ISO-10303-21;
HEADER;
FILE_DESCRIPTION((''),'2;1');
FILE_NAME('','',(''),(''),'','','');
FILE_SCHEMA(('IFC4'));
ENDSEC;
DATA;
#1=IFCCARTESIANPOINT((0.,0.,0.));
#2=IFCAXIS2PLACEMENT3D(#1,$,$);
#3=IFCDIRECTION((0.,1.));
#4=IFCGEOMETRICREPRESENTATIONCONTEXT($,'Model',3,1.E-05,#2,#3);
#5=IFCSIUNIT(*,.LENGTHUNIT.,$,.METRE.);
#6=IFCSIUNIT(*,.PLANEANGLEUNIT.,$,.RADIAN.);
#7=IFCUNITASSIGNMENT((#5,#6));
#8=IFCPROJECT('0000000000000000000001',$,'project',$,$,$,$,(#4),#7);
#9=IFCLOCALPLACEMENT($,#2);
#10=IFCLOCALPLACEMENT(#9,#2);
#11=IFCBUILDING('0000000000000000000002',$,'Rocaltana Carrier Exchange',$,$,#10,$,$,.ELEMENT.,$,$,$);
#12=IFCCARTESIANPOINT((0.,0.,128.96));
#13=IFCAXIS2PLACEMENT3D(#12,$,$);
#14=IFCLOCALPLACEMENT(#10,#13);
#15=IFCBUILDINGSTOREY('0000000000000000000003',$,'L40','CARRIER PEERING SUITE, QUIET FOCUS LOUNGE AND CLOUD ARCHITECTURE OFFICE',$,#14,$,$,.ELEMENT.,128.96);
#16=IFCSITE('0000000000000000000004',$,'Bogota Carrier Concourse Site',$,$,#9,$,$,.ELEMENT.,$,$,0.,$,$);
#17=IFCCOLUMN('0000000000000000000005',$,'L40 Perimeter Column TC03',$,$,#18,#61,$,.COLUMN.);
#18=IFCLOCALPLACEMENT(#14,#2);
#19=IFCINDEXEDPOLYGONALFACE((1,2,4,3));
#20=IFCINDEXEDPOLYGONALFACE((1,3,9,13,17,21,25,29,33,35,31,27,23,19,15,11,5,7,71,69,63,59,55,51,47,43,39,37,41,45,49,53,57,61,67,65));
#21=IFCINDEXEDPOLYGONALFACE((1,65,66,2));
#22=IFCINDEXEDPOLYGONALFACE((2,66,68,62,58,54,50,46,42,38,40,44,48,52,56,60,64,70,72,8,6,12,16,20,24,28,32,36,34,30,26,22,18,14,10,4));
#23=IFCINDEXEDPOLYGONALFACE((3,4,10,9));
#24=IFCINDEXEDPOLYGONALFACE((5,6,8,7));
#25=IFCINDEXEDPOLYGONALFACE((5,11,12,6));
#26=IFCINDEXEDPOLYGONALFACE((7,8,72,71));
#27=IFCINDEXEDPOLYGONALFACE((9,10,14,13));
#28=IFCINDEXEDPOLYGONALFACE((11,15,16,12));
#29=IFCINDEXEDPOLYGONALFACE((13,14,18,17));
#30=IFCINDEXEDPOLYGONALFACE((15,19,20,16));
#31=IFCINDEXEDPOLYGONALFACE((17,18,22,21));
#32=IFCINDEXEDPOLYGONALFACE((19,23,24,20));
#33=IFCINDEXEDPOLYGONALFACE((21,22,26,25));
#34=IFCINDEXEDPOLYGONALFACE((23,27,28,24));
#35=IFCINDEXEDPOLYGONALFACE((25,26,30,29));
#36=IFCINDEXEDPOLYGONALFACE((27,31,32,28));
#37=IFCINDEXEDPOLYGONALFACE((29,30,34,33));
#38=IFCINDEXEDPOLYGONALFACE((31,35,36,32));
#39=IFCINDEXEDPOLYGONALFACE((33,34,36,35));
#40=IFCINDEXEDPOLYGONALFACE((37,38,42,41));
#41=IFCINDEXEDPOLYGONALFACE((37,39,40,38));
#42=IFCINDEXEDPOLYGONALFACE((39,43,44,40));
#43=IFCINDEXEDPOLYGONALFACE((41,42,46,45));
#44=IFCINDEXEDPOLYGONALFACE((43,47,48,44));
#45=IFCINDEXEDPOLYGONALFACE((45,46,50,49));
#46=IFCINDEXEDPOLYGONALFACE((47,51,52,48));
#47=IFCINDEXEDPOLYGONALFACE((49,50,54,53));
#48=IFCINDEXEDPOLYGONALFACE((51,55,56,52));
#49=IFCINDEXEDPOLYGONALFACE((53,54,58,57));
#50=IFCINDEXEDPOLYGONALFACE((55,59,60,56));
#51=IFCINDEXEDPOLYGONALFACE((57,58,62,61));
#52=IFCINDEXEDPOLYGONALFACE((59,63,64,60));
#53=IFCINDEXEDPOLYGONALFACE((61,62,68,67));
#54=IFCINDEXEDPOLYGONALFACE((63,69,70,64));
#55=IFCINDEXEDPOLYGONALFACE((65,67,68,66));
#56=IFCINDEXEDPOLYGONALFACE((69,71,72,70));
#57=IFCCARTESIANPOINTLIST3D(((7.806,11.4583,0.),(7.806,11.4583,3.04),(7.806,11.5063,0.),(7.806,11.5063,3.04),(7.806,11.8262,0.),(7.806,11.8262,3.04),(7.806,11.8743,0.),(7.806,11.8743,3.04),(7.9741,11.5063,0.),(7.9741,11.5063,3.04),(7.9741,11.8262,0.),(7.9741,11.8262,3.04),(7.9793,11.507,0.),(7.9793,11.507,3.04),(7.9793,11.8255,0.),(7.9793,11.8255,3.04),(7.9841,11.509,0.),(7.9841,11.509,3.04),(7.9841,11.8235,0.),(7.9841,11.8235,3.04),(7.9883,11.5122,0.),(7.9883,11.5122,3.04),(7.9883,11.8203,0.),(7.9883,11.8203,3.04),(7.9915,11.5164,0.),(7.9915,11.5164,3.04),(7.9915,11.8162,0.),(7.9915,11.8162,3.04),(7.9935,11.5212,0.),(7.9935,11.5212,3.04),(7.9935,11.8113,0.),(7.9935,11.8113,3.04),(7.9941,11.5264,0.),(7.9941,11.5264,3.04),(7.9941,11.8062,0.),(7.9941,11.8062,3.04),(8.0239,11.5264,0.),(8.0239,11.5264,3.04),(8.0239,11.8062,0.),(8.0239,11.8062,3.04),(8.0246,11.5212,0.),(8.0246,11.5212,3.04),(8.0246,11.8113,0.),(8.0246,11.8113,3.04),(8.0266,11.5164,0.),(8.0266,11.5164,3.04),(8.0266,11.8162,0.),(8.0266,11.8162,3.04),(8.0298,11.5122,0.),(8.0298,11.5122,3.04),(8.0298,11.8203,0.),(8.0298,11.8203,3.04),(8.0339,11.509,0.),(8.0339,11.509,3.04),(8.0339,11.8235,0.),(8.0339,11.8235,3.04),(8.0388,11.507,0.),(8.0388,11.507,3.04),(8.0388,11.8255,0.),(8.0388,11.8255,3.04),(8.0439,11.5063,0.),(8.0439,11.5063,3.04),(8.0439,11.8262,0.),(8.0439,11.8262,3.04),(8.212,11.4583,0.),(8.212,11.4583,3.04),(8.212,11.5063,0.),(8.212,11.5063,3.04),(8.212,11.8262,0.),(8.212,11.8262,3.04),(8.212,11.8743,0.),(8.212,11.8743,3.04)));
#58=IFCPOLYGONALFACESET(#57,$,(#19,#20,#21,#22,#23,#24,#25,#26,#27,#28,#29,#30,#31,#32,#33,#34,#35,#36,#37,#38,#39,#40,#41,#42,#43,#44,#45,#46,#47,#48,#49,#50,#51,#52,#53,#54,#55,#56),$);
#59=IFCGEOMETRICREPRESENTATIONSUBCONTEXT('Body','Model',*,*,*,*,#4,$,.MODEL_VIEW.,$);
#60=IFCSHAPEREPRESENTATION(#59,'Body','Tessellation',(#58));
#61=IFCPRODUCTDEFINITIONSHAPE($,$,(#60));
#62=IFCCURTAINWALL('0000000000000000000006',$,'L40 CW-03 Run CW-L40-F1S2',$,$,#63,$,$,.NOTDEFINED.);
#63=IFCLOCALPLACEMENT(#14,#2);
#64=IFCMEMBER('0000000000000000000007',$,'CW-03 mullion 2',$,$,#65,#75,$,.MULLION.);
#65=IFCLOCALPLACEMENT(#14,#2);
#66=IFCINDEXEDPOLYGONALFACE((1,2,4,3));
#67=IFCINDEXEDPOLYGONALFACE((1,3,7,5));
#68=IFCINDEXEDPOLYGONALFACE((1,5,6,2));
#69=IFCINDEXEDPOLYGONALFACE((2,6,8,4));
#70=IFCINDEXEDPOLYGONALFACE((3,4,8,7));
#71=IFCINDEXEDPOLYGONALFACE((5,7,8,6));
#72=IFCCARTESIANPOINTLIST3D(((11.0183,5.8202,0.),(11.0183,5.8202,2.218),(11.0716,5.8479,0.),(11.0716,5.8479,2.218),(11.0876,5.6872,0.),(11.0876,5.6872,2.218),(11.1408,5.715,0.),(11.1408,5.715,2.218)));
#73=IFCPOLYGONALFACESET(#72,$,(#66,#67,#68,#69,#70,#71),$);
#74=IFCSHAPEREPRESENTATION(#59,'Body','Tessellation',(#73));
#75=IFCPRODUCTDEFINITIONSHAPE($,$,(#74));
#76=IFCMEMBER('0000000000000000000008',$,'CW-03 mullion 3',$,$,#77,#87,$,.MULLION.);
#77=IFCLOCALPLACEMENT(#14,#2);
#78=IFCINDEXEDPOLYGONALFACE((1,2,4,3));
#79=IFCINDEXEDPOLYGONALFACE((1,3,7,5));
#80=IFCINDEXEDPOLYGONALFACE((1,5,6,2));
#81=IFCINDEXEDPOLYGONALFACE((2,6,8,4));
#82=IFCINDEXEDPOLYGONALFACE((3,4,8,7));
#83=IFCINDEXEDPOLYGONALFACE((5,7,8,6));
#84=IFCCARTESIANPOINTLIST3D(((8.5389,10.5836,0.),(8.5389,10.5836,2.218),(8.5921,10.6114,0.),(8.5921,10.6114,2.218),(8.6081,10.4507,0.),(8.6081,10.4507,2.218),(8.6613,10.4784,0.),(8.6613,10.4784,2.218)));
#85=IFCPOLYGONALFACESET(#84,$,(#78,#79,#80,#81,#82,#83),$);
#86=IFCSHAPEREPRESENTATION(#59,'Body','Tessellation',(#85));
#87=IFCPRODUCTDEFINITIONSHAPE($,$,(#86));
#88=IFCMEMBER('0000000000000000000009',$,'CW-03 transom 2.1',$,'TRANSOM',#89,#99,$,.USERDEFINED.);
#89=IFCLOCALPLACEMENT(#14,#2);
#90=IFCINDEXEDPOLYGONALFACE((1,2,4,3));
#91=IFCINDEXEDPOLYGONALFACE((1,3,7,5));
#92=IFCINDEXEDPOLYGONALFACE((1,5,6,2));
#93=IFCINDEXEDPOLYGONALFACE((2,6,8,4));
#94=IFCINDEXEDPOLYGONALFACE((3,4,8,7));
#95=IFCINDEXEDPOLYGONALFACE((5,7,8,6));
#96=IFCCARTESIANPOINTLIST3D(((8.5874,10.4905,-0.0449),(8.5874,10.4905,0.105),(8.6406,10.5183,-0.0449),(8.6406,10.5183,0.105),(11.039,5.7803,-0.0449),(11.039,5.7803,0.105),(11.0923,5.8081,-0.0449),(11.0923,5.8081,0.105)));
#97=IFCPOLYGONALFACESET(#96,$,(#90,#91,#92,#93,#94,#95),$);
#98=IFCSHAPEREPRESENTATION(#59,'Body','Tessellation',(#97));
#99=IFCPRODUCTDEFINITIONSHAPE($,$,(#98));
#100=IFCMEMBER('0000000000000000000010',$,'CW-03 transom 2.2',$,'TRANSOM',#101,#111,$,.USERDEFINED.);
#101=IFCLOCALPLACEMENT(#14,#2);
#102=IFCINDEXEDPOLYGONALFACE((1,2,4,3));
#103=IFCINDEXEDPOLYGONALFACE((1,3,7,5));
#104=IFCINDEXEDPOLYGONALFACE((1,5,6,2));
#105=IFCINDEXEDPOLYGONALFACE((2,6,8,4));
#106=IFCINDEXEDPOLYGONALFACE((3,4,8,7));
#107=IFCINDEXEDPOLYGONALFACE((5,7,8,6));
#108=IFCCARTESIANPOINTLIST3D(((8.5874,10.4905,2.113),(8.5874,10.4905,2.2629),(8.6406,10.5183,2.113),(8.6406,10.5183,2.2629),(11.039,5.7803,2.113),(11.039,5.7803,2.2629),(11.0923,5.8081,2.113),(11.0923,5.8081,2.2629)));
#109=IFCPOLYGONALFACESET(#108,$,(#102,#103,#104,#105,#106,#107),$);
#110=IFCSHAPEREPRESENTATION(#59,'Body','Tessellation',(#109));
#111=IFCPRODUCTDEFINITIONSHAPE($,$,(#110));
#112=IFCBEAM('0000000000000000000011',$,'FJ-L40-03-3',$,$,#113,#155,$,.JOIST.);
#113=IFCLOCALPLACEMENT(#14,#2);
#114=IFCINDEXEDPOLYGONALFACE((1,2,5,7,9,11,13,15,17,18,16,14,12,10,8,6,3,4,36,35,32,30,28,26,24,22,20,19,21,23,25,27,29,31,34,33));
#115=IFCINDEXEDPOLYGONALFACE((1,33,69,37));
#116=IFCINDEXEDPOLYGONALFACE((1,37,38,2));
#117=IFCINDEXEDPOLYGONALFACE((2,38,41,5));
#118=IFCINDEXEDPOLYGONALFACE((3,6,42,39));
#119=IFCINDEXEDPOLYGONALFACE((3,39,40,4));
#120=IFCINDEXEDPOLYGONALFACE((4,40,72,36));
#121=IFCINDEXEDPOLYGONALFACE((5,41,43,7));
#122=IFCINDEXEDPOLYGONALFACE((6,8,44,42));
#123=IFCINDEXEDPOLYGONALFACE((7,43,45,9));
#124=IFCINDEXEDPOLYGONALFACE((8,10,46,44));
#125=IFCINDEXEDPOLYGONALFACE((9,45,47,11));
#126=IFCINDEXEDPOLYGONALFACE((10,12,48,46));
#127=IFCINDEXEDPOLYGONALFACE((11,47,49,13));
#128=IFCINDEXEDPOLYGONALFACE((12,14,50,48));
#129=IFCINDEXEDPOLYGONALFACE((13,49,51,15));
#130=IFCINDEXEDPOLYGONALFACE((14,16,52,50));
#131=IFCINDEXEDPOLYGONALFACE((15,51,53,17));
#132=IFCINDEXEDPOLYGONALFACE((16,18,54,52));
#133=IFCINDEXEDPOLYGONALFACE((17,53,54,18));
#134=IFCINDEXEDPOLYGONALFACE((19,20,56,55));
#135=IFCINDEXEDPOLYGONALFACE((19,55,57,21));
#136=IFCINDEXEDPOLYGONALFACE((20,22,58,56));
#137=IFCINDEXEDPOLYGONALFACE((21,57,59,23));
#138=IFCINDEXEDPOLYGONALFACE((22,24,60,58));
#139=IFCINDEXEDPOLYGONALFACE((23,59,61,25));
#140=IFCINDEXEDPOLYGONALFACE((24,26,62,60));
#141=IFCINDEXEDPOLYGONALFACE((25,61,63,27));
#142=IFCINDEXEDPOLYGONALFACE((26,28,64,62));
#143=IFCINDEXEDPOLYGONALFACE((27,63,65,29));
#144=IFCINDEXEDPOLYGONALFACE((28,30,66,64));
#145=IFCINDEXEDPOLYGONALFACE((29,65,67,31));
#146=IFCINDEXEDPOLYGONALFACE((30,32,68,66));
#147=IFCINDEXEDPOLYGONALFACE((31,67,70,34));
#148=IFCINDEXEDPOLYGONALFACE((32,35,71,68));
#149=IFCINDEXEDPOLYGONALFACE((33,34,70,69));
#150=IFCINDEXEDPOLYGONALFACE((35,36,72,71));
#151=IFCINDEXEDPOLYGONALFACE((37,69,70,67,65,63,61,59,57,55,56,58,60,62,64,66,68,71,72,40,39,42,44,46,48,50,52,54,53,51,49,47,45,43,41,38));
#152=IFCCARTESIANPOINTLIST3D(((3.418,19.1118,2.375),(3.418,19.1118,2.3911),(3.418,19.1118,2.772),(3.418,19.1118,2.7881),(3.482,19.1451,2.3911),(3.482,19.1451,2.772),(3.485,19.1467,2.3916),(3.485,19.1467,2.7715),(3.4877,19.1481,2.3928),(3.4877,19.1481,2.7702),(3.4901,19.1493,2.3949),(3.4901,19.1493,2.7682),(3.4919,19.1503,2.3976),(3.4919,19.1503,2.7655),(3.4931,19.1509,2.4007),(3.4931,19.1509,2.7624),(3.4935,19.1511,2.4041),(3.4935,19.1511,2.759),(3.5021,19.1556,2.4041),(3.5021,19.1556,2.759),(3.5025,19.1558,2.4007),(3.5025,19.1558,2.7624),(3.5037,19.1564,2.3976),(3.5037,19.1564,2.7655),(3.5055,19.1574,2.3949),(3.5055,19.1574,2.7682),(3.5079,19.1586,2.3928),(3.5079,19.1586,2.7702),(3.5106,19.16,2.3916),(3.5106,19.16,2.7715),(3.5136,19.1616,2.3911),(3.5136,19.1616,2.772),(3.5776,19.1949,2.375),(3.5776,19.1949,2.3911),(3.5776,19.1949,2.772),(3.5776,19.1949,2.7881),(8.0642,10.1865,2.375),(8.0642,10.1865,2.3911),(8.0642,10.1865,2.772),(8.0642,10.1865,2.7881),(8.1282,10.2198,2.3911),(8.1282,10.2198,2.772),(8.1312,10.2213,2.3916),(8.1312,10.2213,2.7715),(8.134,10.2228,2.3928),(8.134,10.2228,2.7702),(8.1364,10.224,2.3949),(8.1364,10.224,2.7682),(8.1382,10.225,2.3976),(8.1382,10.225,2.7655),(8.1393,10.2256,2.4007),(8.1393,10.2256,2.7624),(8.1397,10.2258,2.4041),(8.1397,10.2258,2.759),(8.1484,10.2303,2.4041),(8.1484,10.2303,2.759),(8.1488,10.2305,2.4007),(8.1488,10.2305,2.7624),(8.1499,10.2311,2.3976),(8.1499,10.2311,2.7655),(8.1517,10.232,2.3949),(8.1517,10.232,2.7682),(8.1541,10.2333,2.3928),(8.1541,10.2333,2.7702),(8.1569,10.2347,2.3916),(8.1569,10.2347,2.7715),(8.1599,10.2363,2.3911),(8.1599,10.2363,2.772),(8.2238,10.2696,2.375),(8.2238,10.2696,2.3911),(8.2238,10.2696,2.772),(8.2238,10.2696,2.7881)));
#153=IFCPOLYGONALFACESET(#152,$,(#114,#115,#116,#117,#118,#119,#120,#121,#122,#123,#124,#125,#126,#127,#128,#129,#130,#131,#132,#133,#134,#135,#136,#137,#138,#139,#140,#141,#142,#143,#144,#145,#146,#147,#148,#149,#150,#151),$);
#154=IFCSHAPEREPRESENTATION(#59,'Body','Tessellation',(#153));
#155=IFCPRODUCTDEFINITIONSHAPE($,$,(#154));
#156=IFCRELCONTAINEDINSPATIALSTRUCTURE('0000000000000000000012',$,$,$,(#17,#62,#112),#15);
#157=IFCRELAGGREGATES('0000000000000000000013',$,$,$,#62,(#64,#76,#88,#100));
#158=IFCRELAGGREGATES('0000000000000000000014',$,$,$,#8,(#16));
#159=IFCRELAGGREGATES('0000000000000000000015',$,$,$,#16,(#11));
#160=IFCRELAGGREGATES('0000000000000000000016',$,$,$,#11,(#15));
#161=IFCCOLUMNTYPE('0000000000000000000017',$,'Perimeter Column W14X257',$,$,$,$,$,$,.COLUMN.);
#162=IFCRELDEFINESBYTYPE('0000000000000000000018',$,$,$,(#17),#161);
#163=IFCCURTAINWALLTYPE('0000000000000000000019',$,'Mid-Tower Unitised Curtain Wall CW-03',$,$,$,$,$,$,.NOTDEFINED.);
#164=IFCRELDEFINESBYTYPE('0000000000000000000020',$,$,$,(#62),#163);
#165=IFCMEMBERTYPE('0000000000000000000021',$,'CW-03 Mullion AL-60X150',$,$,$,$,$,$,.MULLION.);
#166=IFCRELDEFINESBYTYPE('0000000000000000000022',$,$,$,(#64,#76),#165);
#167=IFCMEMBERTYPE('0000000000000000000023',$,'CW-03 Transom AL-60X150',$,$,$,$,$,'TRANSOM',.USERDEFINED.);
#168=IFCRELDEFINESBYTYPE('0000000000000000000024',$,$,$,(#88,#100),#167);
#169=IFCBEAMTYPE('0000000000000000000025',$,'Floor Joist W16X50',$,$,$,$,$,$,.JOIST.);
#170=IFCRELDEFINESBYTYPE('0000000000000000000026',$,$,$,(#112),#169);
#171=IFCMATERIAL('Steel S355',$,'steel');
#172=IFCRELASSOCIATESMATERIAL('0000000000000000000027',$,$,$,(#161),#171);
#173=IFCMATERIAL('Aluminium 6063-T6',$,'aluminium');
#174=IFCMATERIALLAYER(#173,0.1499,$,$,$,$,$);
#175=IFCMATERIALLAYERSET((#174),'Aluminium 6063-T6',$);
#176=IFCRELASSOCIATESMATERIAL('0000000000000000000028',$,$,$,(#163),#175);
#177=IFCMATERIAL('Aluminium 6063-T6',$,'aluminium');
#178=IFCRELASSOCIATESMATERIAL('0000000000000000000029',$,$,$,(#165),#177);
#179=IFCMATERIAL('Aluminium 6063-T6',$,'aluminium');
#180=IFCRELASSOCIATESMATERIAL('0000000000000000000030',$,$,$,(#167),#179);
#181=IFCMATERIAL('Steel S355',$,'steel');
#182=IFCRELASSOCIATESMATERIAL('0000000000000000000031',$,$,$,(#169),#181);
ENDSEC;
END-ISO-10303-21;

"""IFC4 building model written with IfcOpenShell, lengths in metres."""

from ifc_helpers import new_model, si_unit, direction, frame, origin, origin_2d, place, context, subcontext, project, spatial, rectangle, i_section, extrude, material, layer, layer_set, material_profile, profile_set, type_object, element, aggregate, save


model = new_model("IFC4")

# Units and contexts
model_context = context("Model", 3, precision=1e-05, world=origin(), true_north=direction((0.0, 1.0)))
body_context = subcontext(model_context, "Body", "Model", "MODEL_VIEW")
ifc_project = project(units=[si_unit("LENGTHUNIT", "METRE"), si_unit("PLANEANGLEUNIT", "RADIAN")], contexts=[model_context])

# Site, building, storey
site_placement = place(None, origin())
site = spatial("IfcSite", under=ifc_project, at=site_placement, Name="Bogota Carrier Concourse Site", CompositionType="ELEMENT", RefElevation=0.0)
building_placement = place(site_placement, origin())
building = spatial("IfcBuilding", under=site, at=building_placement, Name="Rocaltana Carrier Exchange", CompositionType="ELEMENT")
storey_placement = place(building_placement, frame((0.0, 0.0, 128.96)))
storey = spatial("IfcBuildingStorey", under=building, at=storey_placement, Name="L40", Description="CARRIER PEERING SUITE, QUIET FOCUS LOUNGE AND CLOUD ARCHITECTURE OFFICE", CompositionType="ELEMENT", Elevation=128.96)

# Column
ifc_material_1 = material(Name="Steel S355", Category="steel")
ifc_material_profile_1 = material_profile(ifc_material_1, i_section(OverallWidth=0.406, OverallDepth=0.416, WebThickness=0.0298, FlangeThickness=0.0481, FilletRadius=0.02, at=origin_2d()), Name="W14X257")
ifc_profile_set_1 = profile_set([ifc_material_profile_1], Name="Steel S355")
column_type = type_object("IfcColumnType", Name="Perimeter Column W14X257", PredefinedType="COLUMN", material=ifc_profile_set_1)
column_placement = place(storey_placement, frame((8.009, 11.6663, 0.0), z_axis=(0.0, 0.0, 1.0), x_axis=(1.0, 0.0, 0.0)))
element("IfcColumn", 1, at=column_placement, inside=storey, type_object=column_type, Name="L40 Perimeter Column TC03", PredefinedType="COLUMN", context=body_context, shape_type="SweptSolid", body=[
    extrude(i_section(OverallWidth=0.406, OverallDepth=0.416, WebThickness=0.0298, FlangeThickness=0.0481, FilletRadius=0.02, at=origin_2d()), origin(), (0.0, 0.0, 1.0), 3.04),
])

# Curtain wall, members
ifc_material_2 = material(Name="Aluminium 6063-T6", Category="aluminium")
ifc_layer_1 = layer(ifc_material_2, 0.1499)
ifc_layer_set_1 = layer_set([ifc_layer_1], Name="Aluminium 6063-T6")
curtain_wall_type = type_object("IfcCurtainWallType", Name="Mid-Tower Unitised Curtain Wall CW-03", PredefinedType="NOTDEFINED", material=ifc_layer_set_1)
curtain_wall_placement = place(storey_placement, origin())
curtain_wall = element("IfcCurtainWall", 2, at=curtain_wall_placement, inside=storey, type_object=curtain_wall_type, Name="L40 CW-03 Run CW-L40-F1S2", PredefinedType="NOTDEFINED")
ifc_material_3 = material(Name="Aluminium 6063-T6", Category="aluminium")
ifc_material_profile_2 = material_profile(ifc_material_3, rectangle(XDim=0.0601, YDim=0.1499, at=origin_2d()), Name="AL-60X150")
ifc_profile_set_2 = profile_set([ifc_material_profile_2], Name="Aluminium 6063-T6")
member_type_1 = type_object("IfcMemberType", Name="CW-03 Mullion AL-60X150", PredefinedType="MULLION", material=ifc_profile_set_2)
member_1_placement = place(storey_placement, frame((11.0796, 5.7676, 0.0), z_axis=(0.0, 0.0, 1.0), x_axis=(-0.887012, -0.461747, 0.0)))
member_1 = element("IfcMember", 3, at=member_1_placement, type_object=member_type_1, Name="CW-03 mullion 2", PredefinedType="MULLION", context=body_context, shape_type="SweptSolid", body=[
    extrude(rectangle(XDim=0.0601, YDim=0.1499, at=origin_2d()), origin(), (0.0, 0.0, 1.0), 2.218),
])
member_2_placement = place(storey_placement, frame((8.6001, 10.531, 0.0), z_axis=(0.0, 0.0, 1.0), x_axis=(-0.887012, -0.461747, 0.0)))
member_2 = element("IfcMember", 4, at=member_2_placement, type_object=member_type_1, Name="CW-03 mullion 3", PredefinedType="MULLION", context=body_context, shape_type="SweptSolid", body=[
    extrude(rectangle(XDim=0.0601, YDim=0.1499, at=origin_2d()), origin(), (0.0, 0.0, 1.0), 2.218),
])
ifc_material_4 = material(Name="Aluminium 6063-T6", Category="aluminium")
ifc_material_profile_3 = material_profile(ifc_material_4, rectangle(XDim=0.0601, YDim=0.1499, at=origin_2d()), Name="AL-60X150")
ifc_profile_set_3 = profile_set([ifc_material_profile_3], Name="Aluminium 6063-T6")
member_type_2 = type_object("IfcMemberType", Name="CW-03 Transom AL-60X150", ElementType="TRANSOM", PredefinedType="USERDEFINED", material=ifc_profile_set_3)
member_3_placement = place(storey_placement, frame((11.0657, 5.7942, 0.03), z_axis=(-0.461702, 0.887035, 0.0), x_axis=(-0.887035, -0.461702, 0.0)))
member_3 = element("IfcMember", 5, at=member_3_placement, type_object=member_type_2, Name="CW-03 transom 2.1", ObjectType="TRANSOM", PredefinedType="USERDEFINED", context=body_context, shape_type="SweptSolid", body=[
    extrude(rectangle(XDim=0.0601, YDim=0.1499, at=origin_2d()), origin(), (0.0, 0.0, 1.0), 5.3101),
])
member_4_placement = place(storey_placement, frame((11.0657, 5.7942, 2.188), z_axis=(-0.461702, 0.887035, 0.0), x_axis=(-0.887035, -0.461702, 0.0)))
member_4 = element("IfcMember", 6, at=member_4_placement, type_object=member_type_2, Name="CW-03 transom 2.2", ObjectType="TRANSOM", PredefinedType="USERDEFINED", context=body_context, shape_type="SweptSolid", body=[
    extrude(rectangle(XDim=0.0601, YDim=0.1499, at=origin_2d()), origin(), (0.0, 0.0, 1.0), 5.3101),
])

# Beam
ifc_material_5 = material(Name="Steel S355", Category="steel")
ifc_material_profile_4 = material_profile(ifc_material_5, i_section(OverallWidth=0.1799, OverallDepth=0.4131, WebThickness=0.0098, FlangeThickness=0.0161, FilletRadius=0.0129, at=origin_2d()), Name="W16X50")
ifc_profile_set_4 = profile_set([ifc_material_profile_4], Name="Steel S355")
beam_type_1 = type_object("IfcBeamType", Name="Floor Joist W16X50", PredefinedType="JOIST", material=ifc_profile_set_4)
beam_1_placement = place(storey_placement, frame((8.144, 10.228, 2.5815), z_axis=(-0.461751, 0.88701, 0.0), x_axis=(-0.88701, -0.461751, 0.0)))
element("IfcBeam", 7, at=beam_1_placement, inside=storey, type_object=beam_type_1, Name="FJ-L40-03-3", PredefinedType="JOIST", context=body_context, shape_type="SweptSolid", body=[
    extrude(i_section(OverallWidth=0.1799, OverallDepth=0.4131, WebThickness=0.0098, FlangeThickness=0.0161, FilletRadius=0.0129, at=origin_2d()), origin(), (0.0, 0.0, 1.0), 10.0623),
])

aggregate(curtain_wall, [member_1, member_2, member_3, member_4])

save(model, "model.ifc")
